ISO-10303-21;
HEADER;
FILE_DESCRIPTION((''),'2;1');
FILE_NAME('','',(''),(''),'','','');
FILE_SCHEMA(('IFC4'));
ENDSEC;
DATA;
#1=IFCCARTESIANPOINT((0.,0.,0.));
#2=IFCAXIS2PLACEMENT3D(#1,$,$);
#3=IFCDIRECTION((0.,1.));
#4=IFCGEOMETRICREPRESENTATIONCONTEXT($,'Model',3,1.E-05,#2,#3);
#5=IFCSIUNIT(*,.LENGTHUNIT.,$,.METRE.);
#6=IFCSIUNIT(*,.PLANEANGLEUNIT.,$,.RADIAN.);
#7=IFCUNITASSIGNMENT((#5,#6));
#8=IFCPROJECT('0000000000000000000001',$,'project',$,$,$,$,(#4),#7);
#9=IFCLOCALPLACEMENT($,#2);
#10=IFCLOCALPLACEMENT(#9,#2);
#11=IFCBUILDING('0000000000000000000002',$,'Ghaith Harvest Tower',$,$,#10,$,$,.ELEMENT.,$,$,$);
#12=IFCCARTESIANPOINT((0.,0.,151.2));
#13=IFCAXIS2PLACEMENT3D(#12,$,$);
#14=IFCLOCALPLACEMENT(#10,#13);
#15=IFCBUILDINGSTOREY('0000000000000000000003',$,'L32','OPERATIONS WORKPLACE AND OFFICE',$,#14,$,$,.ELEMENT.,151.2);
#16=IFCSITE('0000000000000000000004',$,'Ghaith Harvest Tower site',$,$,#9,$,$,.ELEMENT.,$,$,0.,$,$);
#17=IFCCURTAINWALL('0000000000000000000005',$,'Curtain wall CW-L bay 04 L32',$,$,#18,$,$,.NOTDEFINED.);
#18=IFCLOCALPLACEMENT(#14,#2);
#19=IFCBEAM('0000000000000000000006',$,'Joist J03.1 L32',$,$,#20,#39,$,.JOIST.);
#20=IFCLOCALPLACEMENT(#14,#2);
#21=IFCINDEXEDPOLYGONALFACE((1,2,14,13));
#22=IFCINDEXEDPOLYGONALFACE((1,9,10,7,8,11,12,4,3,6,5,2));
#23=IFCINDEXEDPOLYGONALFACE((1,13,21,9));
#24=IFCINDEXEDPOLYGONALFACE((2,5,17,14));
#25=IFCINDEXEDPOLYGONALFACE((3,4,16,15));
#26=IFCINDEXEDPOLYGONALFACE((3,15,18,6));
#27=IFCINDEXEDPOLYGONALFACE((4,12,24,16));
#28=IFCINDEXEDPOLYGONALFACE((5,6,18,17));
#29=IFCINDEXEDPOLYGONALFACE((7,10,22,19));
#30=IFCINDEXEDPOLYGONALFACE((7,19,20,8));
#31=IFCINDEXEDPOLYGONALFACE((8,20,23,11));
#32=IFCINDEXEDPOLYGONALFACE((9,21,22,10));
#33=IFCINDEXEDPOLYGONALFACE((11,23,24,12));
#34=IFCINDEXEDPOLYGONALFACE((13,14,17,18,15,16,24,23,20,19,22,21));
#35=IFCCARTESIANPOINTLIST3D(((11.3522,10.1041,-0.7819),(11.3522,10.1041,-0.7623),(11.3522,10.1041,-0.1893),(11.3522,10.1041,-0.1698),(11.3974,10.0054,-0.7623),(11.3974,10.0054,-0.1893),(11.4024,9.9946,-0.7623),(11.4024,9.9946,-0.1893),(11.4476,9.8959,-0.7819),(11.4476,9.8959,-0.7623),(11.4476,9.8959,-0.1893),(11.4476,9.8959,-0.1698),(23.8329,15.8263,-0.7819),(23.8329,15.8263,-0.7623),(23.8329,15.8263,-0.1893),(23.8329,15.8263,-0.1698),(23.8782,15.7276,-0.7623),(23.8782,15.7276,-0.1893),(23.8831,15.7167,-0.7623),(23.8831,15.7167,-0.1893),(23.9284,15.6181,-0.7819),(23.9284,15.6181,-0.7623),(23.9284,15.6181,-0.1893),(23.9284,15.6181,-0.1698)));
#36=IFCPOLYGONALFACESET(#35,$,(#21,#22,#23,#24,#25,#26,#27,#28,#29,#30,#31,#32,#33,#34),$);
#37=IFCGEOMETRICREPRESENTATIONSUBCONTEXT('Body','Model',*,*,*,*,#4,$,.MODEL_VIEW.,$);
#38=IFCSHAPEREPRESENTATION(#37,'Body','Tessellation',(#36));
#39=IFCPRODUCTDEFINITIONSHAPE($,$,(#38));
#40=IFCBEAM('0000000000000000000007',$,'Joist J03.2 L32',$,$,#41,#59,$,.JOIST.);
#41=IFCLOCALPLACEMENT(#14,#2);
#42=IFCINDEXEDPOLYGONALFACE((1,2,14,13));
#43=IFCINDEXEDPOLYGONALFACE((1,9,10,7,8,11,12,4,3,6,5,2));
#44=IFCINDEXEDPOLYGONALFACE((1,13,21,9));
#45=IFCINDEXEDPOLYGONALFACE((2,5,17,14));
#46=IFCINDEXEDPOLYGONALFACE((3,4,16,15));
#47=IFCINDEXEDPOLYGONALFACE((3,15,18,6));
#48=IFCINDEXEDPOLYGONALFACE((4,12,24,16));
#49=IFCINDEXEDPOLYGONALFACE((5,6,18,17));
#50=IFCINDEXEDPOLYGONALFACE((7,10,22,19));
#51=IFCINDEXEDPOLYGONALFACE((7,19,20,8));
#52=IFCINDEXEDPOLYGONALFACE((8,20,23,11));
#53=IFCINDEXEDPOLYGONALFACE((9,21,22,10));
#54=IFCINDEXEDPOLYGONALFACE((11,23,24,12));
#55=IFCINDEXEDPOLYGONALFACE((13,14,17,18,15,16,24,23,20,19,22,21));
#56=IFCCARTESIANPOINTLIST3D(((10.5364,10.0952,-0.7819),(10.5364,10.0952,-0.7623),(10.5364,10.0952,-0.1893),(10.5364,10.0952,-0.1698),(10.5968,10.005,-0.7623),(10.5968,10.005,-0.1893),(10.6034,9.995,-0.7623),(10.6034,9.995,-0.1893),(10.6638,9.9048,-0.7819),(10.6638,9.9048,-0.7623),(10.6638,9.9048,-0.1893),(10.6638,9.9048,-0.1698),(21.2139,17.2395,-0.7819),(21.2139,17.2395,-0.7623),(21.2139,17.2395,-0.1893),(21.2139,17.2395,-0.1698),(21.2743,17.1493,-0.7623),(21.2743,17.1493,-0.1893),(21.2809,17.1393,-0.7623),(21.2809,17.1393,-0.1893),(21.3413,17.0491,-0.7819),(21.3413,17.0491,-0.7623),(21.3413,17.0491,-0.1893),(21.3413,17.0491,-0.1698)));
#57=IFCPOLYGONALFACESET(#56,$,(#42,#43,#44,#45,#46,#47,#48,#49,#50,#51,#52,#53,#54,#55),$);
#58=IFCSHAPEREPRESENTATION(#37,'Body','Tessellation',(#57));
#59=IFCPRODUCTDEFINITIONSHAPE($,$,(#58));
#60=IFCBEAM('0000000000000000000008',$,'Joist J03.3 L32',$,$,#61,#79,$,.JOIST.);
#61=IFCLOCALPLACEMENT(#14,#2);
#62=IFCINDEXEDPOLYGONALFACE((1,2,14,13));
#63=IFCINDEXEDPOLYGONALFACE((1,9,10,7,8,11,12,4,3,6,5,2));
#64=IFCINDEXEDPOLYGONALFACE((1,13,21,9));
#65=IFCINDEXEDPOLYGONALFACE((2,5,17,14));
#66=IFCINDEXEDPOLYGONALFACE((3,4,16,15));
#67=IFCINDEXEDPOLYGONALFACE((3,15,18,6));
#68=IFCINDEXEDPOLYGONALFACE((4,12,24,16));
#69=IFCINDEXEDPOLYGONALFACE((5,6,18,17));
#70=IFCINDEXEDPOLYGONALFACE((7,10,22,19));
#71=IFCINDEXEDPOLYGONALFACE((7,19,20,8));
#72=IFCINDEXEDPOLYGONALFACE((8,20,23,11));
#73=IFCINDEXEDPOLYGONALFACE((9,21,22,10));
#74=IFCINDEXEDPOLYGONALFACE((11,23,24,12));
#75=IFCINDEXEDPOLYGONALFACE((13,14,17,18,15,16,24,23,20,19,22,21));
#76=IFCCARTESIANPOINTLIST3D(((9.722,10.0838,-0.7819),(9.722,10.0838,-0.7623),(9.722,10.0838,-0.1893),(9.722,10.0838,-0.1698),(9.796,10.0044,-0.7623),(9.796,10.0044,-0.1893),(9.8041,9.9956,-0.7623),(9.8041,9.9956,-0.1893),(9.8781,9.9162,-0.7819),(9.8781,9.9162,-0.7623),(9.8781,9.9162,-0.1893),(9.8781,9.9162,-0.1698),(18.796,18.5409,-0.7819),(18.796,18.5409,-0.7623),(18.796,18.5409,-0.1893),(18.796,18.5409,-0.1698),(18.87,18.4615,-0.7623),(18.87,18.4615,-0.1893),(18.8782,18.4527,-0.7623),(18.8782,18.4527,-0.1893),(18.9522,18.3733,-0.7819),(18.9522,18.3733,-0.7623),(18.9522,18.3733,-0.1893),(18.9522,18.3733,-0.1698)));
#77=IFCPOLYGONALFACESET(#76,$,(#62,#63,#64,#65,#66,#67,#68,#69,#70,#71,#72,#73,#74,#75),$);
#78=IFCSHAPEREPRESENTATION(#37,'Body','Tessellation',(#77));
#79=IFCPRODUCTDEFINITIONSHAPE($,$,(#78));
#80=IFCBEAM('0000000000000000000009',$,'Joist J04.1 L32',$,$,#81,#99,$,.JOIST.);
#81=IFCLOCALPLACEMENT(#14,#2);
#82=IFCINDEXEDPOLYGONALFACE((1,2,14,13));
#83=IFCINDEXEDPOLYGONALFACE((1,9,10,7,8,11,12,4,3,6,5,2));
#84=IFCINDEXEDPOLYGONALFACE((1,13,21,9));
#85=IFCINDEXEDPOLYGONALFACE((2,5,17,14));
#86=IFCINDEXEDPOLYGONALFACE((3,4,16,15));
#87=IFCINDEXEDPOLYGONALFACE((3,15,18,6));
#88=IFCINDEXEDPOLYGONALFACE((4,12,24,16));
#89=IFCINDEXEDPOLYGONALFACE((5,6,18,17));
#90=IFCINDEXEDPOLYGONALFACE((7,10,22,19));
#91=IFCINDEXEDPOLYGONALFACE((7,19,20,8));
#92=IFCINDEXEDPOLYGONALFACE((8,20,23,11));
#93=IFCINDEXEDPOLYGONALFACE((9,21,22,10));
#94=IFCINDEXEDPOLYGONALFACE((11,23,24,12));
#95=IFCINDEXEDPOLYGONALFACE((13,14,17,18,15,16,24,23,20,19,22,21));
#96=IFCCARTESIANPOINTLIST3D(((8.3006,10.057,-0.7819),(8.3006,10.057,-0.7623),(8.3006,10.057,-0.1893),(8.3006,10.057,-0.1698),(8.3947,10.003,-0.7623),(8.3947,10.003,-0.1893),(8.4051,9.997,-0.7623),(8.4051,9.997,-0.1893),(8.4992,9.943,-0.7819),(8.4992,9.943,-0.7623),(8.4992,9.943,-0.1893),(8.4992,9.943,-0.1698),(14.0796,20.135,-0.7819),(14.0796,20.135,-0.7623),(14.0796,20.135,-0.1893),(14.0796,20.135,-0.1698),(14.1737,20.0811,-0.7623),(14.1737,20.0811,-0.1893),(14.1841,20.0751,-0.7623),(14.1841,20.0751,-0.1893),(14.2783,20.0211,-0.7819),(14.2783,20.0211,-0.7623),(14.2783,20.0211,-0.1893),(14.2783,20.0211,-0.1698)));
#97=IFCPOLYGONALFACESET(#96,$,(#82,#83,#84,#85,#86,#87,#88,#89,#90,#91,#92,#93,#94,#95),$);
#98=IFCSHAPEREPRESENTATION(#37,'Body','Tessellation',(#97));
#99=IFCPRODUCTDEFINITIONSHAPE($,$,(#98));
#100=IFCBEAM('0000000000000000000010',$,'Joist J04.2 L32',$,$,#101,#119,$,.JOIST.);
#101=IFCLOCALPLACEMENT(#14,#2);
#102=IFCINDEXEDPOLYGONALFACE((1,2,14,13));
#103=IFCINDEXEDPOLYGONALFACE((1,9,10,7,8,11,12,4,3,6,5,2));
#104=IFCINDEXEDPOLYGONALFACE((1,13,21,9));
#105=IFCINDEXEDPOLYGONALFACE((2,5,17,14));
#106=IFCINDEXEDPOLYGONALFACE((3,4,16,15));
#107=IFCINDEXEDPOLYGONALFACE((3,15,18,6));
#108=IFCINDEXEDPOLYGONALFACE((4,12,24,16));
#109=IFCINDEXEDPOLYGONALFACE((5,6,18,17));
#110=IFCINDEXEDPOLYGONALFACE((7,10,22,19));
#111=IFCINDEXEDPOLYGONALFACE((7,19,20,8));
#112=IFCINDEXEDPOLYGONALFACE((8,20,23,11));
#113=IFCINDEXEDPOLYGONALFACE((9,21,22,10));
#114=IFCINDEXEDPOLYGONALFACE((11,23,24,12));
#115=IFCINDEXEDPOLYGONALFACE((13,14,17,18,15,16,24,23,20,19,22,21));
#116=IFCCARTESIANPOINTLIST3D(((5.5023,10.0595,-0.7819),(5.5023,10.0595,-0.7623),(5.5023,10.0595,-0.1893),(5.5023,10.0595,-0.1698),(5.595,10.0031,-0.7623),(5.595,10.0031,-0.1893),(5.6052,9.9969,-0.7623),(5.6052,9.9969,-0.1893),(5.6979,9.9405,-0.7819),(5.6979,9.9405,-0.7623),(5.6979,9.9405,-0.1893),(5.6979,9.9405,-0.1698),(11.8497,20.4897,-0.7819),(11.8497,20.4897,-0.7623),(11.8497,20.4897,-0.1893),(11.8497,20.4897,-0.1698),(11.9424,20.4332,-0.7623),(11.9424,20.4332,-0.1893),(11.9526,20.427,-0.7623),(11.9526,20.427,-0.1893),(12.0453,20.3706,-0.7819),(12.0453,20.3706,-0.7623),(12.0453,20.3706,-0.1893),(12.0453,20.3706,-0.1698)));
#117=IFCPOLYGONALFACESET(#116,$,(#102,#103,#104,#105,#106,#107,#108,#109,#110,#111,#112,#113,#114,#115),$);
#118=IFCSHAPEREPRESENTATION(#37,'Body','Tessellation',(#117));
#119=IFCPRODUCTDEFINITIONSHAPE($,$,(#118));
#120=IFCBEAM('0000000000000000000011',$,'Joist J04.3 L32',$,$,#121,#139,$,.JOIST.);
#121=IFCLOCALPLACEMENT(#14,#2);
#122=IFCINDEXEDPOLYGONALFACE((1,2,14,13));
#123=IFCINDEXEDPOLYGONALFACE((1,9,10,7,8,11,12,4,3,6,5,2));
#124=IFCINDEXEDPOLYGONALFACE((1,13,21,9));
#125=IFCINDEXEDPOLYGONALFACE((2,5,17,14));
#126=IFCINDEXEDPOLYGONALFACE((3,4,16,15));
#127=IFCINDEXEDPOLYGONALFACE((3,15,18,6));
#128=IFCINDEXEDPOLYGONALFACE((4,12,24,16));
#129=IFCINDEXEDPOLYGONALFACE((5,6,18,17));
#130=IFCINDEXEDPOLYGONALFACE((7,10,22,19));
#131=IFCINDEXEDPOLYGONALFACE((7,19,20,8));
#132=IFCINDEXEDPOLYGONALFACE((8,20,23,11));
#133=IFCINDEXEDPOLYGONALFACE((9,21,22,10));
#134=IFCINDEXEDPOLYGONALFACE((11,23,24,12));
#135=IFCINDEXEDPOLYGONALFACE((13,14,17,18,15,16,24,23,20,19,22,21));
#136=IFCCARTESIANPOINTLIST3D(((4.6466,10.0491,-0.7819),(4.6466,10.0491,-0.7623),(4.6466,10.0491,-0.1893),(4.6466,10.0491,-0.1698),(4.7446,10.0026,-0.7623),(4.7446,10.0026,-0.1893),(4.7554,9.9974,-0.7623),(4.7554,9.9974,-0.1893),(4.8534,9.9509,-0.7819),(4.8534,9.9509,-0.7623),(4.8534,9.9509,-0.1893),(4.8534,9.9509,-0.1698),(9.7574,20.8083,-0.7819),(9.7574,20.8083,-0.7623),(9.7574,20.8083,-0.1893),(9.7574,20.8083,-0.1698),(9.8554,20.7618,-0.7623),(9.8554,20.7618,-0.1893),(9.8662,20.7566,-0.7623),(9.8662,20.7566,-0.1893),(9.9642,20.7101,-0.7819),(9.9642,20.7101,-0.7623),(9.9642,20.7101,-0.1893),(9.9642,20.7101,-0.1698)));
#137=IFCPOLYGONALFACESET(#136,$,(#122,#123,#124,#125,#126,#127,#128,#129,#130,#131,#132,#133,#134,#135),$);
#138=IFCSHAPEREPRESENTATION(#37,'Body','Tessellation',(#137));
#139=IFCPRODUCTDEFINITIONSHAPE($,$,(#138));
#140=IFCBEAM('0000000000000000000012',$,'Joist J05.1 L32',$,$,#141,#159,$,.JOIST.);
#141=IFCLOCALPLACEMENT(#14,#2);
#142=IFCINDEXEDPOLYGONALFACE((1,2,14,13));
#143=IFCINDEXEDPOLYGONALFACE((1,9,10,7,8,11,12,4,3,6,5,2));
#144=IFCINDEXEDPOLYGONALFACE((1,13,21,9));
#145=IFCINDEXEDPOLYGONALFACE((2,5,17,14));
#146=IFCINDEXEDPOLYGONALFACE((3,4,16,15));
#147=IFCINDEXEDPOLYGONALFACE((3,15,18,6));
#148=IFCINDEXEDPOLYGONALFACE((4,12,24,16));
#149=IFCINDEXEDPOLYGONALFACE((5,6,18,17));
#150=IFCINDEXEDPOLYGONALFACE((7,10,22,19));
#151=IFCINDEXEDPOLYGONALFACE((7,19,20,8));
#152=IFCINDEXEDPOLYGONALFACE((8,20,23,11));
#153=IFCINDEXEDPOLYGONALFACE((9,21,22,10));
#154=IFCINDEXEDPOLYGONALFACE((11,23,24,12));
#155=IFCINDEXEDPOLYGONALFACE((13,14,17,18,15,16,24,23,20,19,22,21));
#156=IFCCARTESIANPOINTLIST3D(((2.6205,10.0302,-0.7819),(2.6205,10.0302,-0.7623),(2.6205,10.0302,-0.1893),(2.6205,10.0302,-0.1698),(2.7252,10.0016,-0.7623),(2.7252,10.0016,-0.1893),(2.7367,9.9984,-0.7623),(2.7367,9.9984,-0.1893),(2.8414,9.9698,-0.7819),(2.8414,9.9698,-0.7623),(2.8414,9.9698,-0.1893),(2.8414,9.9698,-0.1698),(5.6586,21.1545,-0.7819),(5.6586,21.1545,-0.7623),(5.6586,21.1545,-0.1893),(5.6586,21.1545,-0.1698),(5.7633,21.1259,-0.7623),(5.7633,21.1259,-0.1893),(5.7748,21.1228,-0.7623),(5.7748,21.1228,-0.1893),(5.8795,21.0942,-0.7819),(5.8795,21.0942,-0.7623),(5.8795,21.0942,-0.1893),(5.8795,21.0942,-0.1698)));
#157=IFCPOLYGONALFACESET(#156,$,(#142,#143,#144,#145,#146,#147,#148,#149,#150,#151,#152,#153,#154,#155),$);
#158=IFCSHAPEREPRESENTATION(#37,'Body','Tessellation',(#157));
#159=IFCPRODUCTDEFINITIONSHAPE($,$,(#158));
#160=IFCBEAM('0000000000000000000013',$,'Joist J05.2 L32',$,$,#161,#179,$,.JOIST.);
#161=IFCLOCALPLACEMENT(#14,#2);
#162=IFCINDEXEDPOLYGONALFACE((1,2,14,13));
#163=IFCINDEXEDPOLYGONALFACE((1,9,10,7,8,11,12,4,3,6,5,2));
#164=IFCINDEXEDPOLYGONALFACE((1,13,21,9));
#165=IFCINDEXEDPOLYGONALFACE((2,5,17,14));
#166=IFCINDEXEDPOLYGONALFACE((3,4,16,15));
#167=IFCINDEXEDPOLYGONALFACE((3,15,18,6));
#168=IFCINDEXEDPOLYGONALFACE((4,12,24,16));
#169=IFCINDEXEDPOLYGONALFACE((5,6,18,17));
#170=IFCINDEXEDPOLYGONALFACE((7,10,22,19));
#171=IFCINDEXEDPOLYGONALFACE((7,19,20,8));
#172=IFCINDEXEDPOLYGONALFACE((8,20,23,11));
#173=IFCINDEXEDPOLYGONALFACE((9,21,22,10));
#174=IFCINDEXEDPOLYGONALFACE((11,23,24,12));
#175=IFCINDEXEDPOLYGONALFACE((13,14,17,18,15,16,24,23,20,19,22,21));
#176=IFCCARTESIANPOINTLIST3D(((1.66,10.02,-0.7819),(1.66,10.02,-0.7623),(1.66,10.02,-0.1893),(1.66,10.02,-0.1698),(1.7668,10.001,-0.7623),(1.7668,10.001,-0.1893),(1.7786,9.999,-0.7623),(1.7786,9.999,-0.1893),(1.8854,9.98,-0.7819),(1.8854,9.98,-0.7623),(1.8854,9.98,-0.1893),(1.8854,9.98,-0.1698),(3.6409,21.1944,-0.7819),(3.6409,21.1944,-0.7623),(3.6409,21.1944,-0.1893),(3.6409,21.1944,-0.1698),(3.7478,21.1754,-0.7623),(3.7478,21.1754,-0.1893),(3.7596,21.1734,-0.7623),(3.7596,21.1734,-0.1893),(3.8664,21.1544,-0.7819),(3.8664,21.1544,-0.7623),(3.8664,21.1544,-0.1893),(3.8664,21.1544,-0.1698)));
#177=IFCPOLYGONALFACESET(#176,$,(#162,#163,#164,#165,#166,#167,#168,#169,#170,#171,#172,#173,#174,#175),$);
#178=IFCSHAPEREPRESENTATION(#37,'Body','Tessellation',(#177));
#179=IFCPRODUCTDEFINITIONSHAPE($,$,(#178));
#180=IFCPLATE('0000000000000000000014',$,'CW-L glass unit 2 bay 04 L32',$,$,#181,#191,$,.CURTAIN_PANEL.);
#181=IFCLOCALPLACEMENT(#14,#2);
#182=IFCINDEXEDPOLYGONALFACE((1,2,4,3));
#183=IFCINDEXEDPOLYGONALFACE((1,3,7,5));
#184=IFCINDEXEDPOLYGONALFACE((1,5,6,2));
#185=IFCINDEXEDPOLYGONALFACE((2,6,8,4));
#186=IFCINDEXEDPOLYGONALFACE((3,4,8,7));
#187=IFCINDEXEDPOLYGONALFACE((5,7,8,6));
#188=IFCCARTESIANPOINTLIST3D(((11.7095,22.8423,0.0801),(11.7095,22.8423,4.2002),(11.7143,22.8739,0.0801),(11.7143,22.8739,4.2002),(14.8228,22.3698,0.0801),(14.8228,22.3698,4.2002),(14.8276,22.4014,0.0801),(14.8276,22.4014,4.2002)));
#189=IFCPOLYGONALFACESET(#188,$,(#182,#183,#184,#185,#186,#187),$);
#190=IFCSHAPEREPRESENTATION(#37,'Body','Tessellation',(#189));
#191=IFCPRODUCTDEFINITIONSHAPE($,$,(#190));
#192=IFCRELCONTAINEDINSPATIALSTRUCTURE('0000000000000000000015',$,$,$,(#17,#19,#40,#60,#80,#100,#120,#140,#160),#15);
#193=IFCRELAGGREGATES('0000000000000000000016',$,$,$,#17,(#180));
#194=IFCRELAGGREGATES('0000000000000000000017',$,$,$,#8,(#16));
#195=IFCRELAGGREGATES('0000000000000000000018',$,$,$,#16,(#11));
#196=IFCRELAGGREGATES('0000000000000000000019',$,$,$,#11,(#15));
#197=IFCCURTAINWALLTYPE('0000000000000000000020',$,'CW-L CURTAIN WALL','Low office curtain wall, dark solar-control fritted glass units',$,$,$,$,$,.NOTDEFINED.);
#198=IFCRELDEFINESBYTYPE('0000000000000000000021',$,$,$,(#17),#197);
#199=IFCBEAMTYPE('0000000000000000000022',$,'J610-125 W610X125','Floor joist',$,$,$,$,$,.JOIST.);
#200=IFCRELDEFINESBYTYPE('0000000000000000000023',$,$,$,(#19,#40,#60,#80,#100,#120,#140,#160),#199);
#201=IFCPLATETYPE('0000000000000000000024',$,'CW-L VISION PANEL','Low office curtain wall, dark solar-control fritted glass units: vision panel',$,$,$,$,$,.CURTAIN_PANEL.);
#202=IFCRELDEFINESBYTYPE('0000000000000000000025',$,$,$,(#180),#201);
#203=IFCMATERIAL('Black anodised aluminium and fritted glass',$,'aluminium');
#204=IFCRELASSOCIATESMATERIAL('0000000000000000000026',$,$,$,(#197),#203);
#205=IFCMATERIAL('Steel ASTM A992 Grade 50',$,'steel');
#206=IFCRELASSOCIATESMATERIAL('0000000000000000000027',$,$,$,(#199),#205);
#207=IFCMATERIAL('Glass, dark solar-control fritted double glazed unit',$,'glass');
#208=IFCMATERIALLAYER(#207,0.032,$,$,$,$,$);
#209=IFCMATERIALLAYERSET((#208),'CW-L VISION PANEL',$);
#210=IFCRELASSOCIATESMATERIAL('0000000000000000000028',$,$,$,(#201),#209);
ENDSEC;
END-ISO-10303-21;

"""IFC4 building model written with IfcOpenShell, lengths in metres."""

from ifc_helpers import new_model, si_unit, direction, frame, origin, origin_2d, place, context, subcontext, project, spatial, rectangle, i_section, extrude, material, layer, layer_set, material_profile, profile_set, type_object, element, aggregate, save


model = new_model("IFC4")

# Units and contexts
model_context = context("Model", 3, precision=1e-05, world=origin(), true_north=direction((0.0, 1.0)))
body_context = subcontext(model_context, "Body", "Model", "MODEL_VIEW")
ifc_project = project(units=[si_unit("LENGTHUNIT", "METRE"), si_unit("PLANEANGLEUNIT", "RADIAN")], contexts=[model_context])

# Site, building, storey
site_placement = place(None, origin())
site = spatial("IfcSite", under=ifc_project, at=site_placement, Name="Ghaith Harvest Tower site", CompositionType="ELEMENT", RefElevation=0.0)
building_placement = place(site_placement, origin())
building = spatial("IfcBuilding", under=site, at=building_placement, Name="Ghaith Harvest Tower", CompositionType="ELEMENT")
storey_placement = place(building_placement, frame((0.0, 0.0, 151.2)))
storey = spatial("IfcBuildingStorey", under=building, at=storey_placement, Name="L32", Description="OPERATIONS WORKPLACE AND OFFICE", CompositionType="ELEMENT", Elevation=151.2)

# Curtain wall
ifc_material_1 = material(Name="Black anodised aluminium and fritted glass", Category="aluminium")
curtain_wall_type = type_object("IfcCurtainWallType", Name="CW-L CURTAIN WALL", Description="Low office curtain wall, dark solar-control fritted glass units", PredefinedType="NOTDEFINED", material=ifc_material_1)
curtain_wall_1_placement = place(storey_placement, origin())
curtain_wall_1 = element("IfcCurtainWall", 1, at=curtain_wall_1_placement, inside=storey, type_object=curtain_wall_type, Name="Curtain wall CW-L bay 04 L32", PredefinedType="NOTDEFINED")

# Beams
ifc_material_2 = material(Name="Steel ASTM A992 Grade 50", Category="steel")
ifc_material_profile_1 = material_profile(ifc_material_2, i_section(OverallWidth=0.229, OverallDepth=0.6121, WebThickness=0.012, FlangeThickness=0.0195, at=origin_2d()), Name="W610X125")
ifc_profile_set_1 = profile_set([ifc_material_profile_1], Name="Steel ASTM A992 Grade 50")
beam_type_1 = type_object("IfcBeamType", Name="J610-125 W610X125", Description="Floor joist", PredefinedType="JOIST", material=ifc_profile_set_1)
beam_1_placement = place(storey_placement, frame((11.3999, 10.0, -0.4758), z_axis=(0.909014, 0.416766, 0.0), x_axis=(-0.416766, 0.909014, 0.0)))
element("IfcBeam", 2, at=beam_1_placement, inside=storey, type_object=beam_type_1, Name="Joist J03.1 L32", PredefinedType="JOIST", context=body_context, shape_type="SweptSolid", body=[
    extrude(i_section(OverallWidth=0.229, OverallDepth=0.6121, WebThickness=0.012, FlangeThickness=0.0195, at=origin_2d()), origin(), (0.0, 0.0, 1.0), 13.73),
])
beam_2_placement = place(storey_placement, frame((10.6001, 10.0, -0.4758), z_axis=(0.831116, 0.556098, 0.0), x_axis=(-0.556098, 0.831116, 0.0)))
element("IfcBeam", 3, at=beam_2_placement, inside=storey, type_object=beam_type_1, Name="Joist J03.2 L32", PredefinedType="JOIST", context=body_context, shape_type="SweptSolid", body=[
    extrude(i_section(OverallWidth=0.229, OverallDepth=0.6121, WebThickness=0.012, FlangeThickness=0.0195, at=origin_2d()), origin(), (0.0, 0.0, 1.0), 12.8472),
])
beam_3_placement = place(storey_placement, frame((9.8, 10.0, -0.4758), z_axis=(0.731538, 0.681801, 0.0), x_axis=(-0.681801, 0.731538, 0.0)))
element("IfcBeam", 4, at=beam_3_placement, inside=storey, type_object=beam_type_1, Name="Joist J03.3 L32", PredefinedType="JOIST", context=body_context, shape_type="SweptSolid", body=[
    extrude(i_section(OverallWidth=0.229, OverallDepth=0.6121, WebThickness=0.012, FlangeThickness=0.0195, at=origin_2d()), origin(), (0.0, 0.0, 1.0), 12.4041),
])
beam_4_placement = place(storey_placement, frame((8.3999, 10.0, -0.4758), z_axis=(0.497444, 0.867496, 0.0), x_axis=(-0.867496, 0.497444, 0.0)))
element("IfcBeam", 5, at=beam_4_placement, inside=storey, type_object=beam_type_1, Name="Joist J04.1 L32", PredefinedType="JOIST", context=body_context, shape_type="SweptSolid", body=[
    extrude(i_section(OverallWidth=0.229, OverallDepth=0.6121, WebThickness=0.012, FlangeThickness=0.0195, at=origin_2d()), origin(), (0.0, 0.0, 1.0), 11.6174),
])
beam_5_placement = place(storey_placement, frame((5.6001, 10.0, -0.4758), z_axis=(0.519864, 0.854249, 0.0), x_axis=(-0.854249, 0.519864, 0.0)))
element("IfcBeam", 6, at=beam_5_placement, inside=storey, type_object=beam_type_1, Name="Joist J04.2 L32", PredefinedType="JOIST", context=body_context, shape_type="SweptSolid", body=[
    extrude(i_section(OverallWidth=0.229, OverallDepth=0.6121, WebThickness=0.012, FlangeThickness=0.0195, at=origin_2d()), origin(), (0.0, 0.0, 1.0), 12.2097),
])
beam_6_placement = place(storey_placement, frame((4.75, 10.0, -0.4758), z_axis=(0.429069, 0.903272, 0.0), x_axis=(-0.903272, 0.429069, 0.0)))
element("IfcBeam", 7, at=beam_6_placement, inside=storey, type_object=beam_type_1, Name="Joist J04.3 L32", PredefinedType="JOIST", context=body_context, shape_type="SweptSolid", body=[
    extrude(i_section(OverallWidth=0.229, OverallDepth=0.6121, WebThickness=0.012, FlangeThickness=0.0195, at=origin_2d()), origin(), (0.0, 0.0, 1.0), 11.9114),
])
beam_7_placement = place(storey_placement, frame((2.731, 10.0, -0.4758), z_axis=(0.263456, 0.964671, 0.0), x_axis=(-0.964671, 0.263456, 0.0)))
element("IfcBeam", 8, at=beam_7_placement, inside=storey, type_object=beam_type_1, Name="Joist J05.1 L32", PredefinedType="JOIST", context=body_context, shape_type="SweptSolid", body=[
    extrude(i_section(OverallWidth=0.229, OverallDepth=0.6121, WebThickness=0.012, FlangeThickness=0.0195, at=origin_2d()), origin(), (0.0, 0.0, 1.0), 11.5317),
])
beam_8_placement = place(storey_placement, frame((1.7727, 10.0, -0.4758), z_axis=(0.174556, 0.984647, 0.0), x_axis=(-0.984647, 0.174556, 0.0)))
element("IfcBeam", 9, at=beam_8_placement, inside=storey, type_object=beam_type_1, Name="Joist J05.2 L32", PredefinedType="JOIST", context=body_context, shape_type="SweptSolid", body=[
    extrude(i_section(OverallWidth=0.229, OverallDepth=0.6121, WebThickness=0.012, FlangeThickness=0.0195, at=origin_2d()), origin(), (0.0, 0.0, 1.0), 11.3486),
])

# Plate
ifc_material_3 = material(Name="Glass, dark solar-control fritted double glazed unit", Category="glass")
ifc_layer_1 = layer(ifc_material_3, 0.032)
ifc_layer_set_1 = layer_set([ifc_layer_1], Name="CW-L VISION PANEL")
plate_type = type_object("IfcPlateType", Name="CW-L VISION PANEL", Description="Low office curtain wall, dark solar-control fritted glass units: vision panel", PredefinedType="CURTAIN_PANEL", material=ifc_layer_set_1)
plate_1_placement = place(storey_placement, frame((13.2686, 22.6218, 0.0801), z_axis=(0.0, 0.0, 1.0), x_axis=(-0.988679, 0.150048, 0.0)))
plate_1 = element("IfcPlate", 10, at=plate_1_placement, type_object=plate_type, Name="CW-L glass unit 2 bay 04 L32", PredefinedType="CURTAIN_PANEL", context=body_context, shape_type="SweptSolid", body=[
    extrude(rectangle(XDim=3.1489, YDim=0.032, at=origin_2d()), origin(), (0.0, 0.0, 1.0), 4.1201),
])
aggregate(curtain_wall_1, [plate_1])

save(model, "model.ifc")
